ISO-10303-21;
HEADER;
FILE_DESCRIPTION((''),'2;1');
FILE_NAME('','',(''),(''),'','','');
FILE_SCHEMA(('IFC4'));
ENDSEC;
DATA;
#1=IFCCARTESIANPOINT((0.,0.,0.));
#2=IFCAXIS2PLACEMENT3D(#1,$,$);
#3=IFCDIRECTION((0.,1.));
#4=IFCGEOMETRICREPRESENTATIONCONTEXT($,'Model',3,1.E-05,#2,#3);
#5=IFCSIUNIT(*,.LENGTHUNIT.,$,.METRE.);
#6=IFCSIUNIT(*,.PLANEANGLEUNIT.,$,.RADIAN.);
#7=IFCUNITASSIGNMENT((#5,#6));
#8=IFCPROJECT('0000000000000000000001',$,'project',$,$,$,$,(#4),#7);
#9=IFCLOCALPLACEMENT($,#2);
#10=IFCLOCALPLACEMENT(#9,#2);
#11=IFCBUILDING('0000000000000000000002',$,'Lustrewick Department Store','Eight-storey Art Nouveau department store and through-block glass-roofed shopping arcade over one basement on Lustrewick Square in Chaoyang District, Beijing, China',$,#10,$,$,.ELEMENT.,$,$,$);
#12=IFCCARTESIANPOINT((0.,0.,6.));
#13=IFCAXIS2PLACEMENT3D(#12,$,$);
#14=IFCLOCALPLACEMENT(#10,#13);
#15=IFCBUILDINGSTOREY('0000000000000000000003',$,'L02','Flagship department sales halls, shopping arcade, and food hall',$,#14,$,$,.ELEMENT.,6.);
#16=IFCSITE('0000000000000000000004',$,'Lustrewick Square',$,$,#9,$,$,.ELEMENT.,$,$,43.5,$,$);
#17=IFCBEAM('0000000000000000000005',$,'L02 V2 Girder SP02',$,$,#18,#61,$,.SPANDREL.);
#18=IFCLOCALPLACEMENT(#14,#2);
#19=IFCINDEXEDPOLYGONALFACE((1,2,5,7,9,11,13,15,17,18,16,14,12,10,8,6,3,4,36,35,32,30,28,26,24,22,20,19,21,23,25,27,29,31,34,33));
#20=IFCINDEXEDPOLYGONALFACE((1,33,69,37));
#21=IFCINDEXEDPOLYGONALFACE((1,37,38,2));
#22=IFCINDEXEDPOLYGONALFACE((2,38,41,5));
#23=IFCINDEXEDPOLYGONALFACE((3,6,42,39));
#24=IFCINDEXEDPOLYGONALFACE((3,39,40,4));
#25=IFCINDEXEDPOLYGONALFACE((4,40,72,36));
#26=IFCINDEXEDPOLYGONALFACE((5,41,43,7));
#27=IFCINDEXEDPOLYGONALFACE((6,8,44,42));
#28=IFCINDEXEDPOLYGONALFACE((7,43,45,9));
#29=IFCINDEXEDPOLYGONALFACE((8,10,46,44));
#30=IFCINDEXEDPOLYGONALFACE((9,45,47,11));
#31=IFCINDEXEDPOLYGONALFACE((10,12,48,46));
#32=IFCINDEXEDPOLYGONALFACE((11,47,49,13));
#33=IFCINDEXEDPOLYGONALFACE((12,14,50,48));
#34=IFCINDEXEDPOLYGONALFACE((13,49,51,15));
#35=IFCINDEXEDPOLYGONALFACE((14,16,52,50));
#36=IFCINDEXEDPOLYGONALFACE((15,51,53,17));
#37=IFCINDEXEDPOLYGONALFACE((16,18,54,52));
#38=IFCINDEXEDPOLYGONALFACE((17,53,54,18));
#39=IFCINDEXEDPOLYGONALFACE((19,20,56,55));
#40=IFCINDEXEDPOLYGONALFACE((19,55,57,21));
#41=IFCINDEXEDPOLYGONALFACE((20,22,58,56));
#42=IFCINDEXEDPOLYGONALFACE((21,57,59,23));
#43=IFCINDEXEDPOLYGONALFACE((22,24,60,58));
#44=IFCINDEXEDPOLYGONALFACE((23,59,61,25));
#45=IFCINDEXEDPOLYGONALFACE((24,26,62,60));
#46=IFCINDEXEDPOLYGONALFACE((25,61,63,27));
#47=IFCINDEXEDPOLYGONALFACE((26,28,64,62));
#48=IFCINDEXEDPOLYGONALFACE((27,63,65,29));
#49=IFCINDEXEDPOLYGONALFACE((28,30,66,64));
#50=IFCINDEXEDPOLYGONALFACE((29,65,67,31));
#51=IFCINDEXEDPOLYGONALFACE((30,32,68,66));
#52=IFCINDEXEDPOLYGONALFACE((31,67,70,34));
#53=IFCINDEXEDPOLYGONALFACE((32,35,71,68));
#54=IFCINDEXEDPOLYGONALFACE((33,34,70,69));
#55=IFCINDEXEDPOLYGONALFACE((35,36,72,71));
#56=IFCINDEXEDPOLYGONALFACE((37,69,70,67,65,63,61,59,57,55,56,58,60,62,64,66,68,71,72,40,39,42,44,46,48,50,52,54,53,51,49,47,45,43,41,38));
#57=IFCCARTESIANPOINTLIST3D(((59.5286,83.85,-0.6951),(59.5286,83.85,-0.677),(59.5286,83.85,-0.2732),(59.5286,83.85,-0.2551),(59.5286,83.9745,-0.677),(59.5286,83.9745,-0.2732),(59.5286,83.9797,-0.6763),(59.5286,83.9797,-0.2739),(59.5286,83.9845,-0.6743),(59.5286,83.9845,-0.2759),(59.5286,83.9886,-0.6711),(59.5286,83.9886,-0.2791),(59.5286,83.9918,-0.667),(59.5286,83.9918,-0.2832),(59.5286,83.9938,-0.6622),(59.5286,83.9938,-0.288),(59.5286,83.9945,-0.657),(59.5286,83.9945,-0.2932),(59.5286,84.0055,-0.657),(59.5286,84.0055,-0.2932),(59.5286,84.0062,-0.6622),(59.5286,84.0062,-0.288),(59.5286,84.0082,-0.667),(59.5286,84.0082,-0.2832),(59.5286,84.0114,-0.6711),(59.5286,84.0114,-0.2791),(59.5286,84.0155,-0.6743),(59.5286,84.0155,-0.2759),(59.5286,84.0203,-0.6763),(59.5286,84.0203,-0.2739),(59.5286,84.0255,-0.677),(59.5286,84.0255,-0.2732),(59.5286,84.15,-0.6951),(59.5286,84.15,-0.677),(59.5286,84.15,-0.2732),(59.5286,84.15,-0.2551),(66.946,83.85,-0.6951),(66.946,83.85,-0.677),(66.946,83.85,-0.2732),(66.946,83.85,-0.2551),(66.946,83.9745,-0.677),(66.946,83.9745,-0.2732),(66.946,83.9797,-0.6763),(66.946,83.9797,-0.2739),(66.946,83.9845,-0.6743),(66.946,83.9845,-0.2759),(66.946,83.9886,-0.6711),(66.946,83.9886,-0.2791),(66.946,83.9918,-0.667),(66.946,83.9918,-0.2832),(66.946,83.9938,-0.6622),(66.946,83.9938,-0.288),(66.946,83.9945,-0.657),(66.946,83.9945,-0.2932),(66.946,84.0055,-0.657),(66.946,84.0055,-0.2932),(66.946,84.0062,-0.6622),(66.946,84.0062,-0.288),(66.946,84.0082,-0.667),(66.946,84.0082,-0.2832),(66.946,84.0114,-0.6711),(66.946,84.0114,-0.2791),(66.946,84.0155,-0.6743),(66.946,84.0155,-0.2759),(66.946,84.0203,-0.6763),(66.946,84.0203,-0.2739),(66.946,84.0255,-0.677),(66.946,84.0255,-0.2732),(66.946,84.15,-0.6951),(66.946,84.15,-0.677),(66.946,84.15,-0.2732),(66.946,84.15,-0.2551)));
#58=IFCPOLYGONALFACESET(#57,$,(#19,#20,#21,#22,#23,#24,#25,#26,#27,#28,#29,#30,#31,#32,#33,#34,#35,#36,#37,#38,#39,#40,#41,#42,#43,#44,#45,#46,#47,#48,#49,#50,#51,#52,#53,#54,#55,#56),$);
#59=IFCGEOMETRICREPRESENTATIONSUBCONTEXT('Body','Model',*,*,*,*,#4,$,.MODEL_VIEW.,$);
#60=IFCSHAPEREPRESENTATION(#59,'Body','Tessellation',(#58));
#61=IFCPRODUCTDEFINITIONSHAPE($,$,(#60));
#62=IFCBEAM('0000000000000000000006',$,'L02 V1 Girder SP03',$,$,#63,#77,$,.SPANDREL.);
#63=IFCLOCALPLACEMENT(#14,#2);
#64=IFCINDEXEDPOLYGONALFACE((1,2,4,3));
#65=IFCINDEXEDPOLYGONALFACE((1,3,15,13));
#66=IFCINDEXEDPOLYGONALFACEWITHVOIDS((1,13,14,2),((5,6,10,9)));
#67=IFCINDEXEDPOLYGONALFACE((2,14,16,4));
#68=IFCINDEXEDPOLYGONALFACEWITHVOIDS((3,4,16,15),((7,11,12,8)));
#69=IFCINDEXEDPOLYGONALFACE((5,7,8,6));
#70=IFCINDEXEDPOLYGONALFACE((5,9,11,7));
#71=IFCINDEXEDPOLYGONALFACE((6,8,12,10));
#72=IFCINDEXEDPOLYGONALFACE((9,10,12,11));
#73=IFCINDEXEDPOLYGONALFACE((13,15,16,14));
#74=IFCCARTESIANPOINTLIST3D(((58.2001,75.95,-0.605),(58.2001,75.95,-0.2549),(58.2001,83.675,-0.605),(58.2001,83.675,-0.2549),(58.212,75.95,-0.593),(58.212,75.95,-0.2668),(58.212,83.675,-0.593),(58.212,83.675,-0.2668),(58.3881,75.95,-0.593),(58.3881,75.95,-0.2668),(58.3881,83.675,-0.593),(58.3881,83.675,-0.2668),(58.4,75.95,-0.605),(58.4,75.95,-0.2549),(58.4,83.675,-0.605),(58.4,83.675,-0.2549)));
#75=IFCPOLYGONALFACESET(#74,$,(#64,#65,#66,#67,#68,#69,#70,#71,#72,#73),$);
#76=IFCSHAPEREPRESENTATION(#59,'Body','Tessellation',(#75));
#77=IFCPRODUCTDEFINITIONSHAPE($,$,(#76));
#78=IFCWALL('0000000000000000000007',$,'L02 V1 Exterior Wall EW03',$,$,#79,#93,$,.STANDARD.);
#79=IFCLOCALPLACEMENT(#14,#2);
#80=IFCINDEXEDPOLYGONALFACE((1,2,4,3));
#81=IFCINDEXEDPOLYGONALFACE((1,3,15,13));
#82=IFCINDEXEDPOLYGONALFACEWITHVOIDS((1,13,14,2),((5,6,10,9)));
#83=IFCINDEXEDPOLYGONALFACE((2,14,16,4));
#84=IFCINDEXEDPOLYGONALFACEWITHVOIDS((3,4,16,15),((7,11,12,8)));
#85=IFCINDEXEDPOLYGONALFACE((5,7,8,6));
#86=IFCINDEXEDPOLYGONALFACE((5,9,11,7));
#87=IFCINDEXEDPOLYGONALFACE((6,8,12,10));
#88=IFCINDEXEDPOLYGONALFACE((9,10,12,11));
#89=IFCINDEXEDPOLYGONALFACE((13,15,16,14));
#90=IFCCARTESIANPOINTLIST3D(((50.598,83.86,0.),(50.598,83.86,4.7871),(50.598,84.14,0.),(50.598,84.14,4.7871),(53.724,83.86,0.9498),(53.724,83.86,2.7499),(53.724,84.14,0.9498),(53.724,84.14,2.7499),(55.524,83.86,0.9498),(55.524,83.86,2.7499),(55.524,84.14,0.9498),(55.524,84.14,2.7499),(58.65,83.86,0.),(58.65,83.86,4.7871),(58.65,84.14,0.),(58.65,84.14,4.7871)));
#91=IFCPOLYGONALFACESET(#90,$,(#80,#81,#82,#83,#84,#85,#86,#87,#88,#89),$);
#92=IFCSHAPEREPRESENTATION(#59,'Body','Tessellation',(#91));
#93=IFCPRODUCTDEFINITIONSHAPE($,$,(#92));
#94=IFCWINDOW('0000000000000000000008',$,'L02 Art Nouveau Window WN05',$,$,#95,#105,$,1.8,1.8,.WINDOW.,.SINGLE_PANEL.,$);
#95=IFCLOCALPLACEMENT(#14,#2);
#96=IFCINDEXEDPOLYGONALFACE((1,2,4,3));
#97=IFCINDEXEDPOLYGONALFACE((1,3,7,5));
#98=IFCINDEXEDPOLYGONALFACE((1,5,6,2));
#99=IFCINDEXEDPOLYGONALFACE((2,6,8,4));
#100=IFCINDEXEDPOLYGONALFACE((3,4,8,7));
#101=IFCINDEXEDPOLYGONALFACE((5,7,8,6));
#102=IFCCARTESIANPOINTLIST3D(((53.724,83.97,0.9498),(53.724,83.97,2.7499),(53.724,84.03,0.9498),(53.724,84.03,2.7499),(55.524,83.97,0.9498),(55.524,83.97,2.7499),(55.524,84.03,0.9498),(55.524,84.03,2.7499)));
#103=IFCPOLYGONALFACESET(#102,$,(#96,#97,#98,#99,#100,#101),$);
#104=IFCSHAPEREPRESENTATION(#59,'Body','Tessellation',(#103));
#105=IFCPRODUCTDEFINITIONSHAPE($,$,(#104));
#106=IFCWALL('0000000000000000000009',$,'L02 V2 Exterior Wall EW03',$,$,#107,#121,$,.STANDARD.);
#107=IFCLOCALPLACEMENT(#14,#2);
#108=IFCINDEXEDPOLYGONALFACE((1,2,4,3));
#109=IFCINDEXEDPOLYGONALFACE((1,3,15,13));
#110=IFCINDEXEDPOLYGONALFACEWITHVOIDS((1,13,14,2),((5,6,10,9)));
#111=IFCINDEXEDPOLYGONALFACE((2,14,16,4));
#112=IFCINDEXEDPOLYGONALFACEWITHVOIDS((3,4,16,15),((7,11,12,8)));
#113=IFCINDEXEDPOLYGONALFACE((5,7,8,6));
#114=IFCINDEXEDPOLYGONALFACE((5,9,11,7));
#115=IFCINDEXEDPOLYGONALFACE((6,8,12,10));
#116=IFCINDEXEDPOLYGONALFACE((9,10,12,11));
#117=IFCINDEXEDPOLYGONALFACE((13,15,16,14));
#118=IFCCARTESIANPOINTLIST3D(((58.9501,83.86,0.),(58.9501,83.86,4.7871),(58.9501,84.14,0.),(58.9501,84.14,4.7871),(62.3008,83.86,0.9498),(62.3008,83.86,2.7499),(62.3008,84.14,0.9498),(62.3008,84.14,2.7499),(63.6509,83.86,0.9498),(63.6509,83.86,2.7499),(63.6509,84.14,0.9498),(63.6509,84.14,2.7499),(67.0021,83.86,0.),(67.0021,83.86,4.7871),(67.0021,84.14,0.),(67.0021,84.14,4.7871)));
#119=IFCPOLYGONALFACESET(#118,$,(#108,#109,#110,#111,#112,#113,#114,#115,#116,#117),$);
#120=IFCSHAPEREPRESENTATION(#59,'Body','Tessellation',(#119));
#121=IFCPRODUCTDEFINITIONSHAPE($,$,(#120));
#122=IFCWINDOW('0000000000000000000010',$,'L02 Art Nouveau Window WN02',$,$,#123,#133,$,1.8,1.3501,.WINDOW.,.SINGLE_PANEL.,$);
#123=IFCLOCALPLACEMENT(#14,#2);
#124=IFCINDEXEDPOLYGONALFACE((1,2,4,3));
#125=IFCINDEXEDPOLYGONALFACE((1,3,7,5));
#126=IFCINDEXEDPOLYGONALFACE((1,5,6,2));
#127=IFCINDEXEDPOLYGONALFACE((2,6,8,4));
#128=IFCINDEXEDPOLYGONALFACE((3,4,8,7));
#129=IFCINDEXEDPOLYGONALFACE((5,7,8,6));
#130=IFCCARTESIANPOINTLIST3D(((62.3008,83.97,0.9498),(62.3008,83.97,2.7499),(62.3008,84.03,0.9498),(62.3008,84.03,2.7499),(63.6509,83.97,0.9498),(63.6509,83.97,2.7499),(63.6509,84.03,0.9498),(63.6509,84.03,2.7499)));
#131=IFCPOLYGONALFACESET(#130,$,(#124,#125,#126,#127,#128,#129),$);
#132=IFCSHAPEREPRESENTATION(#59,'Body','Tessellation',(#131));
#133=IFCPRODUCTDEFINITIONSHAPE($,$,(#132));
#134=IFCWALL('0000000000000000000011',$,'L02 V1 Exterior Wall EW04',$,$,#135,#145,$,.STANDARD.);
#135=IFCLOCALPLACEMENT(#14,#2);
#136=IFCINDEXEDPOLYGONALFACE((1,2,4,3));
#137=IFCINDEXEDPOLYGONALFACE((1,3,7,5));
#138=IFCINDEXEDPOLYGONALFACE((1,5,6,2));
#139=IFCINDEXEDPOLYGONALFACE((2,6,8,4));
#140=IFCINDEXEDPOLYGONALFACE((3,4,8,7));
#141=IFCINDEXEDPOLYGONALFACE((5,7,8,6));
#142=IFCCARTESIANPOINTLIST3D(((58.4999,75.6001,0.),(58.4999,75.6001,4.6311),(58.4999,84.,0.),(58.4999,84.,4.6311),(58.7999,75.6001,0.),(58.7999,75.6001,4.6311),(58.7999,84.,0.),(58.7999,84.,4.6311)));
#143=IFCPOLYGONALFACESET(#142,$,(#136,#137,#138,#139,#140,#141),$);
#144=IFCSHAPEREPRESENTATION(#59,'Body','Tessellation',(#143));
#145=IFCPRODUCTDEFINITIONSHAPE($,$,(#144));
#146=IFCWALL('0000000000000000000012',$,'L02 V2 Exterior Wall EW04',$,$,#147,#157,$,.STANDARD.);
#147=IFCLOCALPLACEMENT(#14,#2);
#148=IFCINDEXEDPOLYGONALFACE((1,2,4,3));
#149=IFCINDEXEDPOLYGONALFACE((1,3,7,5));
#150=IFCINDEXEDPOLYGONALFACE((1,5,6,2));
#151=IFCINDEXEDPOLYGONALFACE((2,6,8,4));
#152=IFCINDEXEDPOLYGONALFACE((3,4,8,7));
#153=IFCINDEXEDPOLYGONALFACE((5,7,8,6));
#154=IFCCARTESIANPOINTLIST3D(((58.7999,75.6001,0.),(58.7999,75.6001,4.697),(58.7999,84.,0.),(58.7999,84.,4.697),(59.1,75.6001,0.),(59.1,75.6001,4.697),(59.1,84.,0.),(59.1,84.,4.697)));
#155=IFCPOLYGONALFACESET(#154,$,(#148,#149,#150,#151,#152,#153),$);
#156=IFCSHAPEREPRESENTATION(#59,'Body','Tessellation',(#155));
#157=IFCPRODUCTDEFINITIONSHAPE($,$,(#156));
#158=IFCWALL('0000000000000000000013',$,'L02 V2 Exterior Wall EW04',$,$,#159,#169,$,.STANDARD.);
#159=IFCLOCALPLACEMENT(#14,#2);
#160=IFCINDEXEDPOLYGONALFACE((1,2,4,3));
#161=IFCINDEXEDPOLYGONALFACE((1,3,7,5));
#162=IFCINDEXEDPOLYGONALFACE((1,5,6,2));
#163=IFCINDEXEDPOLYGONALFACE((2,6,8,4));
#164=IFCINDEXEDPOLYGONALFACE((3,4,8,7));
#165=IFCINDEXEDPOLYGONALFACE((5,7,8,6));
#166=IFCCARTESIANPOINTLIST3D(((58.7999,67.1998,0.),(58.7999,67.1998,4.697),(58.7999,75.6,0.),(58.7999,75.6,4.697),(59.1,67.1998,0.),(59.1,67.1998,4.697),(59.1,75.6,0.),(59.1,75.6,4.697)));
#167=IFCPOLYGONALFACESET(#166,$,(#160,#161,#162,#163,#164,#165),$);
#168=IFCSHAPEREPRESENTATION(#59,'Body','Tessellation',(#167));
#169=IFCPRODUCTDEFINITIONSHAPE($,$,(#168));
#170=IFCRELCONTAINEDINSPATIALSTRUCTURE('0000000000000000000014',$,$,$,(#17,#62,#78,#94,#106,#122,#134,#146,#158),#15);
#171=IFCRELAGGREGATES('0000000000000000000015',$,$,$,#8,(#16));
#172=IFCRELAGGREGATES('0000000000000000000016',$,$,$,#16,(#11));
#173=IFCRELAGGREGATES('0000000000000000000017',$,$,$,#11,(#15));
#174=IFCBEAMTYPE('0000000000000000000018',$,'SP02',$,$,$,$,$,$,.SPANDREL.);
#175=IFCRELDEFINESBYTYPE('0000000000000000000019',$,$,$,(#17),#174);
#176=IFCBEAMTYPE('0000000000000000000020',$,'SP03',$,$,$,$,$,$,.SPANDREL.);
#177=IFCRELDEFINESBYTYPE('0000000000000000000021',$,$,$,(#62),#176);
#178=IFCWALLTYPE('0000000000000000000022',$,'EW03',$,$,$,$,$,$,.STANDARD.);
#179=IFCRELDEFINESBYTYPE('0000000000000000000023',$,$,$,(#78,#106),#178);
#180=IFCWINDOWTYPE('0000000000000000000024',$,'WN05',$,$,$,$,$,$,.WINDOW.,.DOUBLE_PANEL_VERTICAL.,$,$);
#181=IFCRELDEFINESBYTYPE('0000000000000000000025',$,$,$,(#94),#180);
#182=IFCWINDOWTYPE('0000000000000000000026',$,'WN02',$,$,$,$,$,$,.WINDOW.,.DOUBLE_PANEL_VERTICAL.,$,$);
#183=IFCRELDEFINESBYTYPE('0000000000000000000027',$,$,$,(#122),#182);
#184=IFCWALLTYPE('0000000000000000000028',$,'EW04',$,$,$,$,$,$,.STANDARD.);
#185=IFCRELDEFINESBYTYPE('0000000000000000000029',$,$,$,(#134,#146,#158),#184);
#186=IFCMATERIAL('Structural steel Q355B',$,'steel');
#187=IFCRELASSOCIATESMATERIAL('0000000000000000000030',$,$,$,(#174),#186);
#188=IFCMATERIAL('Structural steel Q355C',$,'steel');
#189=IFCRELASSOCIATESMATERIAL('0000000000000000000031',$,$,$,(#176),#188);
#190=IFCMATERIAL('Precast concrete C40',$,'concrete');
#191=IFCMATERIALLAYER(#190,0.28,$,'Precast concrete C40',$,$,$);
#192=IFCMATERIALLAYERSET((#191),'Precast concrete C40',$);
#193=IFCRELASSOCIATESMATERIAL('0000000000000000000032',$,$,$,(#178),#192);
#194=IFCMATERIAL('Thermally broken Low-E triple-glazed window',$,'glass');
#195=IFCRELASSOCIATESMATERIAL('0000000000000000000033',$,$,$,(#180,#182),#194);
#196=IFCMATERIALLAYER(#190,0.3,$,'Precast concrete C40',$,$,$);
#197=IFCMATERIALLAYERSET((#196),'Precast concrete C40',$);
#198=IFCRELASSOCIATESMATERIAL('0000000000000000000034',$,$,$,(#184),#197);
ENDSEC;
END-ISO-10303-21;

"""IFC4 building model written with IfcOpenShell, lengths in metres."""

from ifc_helpers import new_model, si_unit, direction, frame, frame_2d, origin, origin_2d, place, context, subcontext, project, spatial, rectangle, hollow_rectangle, i_section, extrude, material, layer, layer_set, material_profile, profile_set, type_object, element, fill, save


model = new_model("IFC4")

# Units and contexts
model_context = context("Model", 3, precision=1e-05, world=origin(), true_north=direction((0.0, 1.0)))
body_context = subcontext(model_context, "Body", "Model", "MODEL_VIEW")
ifc_project = project(units=[si_unit("LENGTHUNIT", "METRE"), si_unit("PLANEANGLEUNIT", "RADIAN")], contexts=[model_context])

# Site, building, storey
site_placement = place(None, origin())
site = spatial("IfcSite", under=ifc_project, at=site_placement, Name="Lustrewick Square", CompositionType="ELEMENT", RefElevation=43.5)
building_placement = place(site_placement, origin())
building = spatial("IfcBuilding", under=site, at=building_placement, Name="Lustrewick Department Store", Description="Eight-storey Art Nouveau department store and through-block glass-roofed shopping arcade over one basement on Lustrewick Square in Chaoyang District, Beijing, China", CompositionType="ELEMENT")
storey_placement = place(building_placement, frame((0.0, 0.0, 6.0)))
storey = spatial("IfcBuildingStorey", under=building, at=storey_placement, Name="L02", Description="Flagship department sales halls, shopping arcade, and food hall", CompositionType="ELEMENT", Elevation=6.0)

# Shared definitions
ifc_material_1 = material(Name="Structural steel Q355C", Category="steel")
ifc_material_2 = material(Name="Structural steel Q355B", Category="steel")

# Beams
ifc_material_profile_1 = material_profile(ifc_material_2, i_section(OverallWidth=0.3, OverallDepth=0.4399, WebThickness=0.011, FlangeThickness=0.0181, FilletRadius=0.02, at=origin_2d()), Name="HM 440x300x11x18")
ifc_profile_set_1 = profile_set([ifc_material_profile_1], Name="Structural steel Q355B")
beam_type_1 = type_object("IfcBeamType", Name="SP02", PredefinedType="SPANDREL", material=ifc_profile_set_1)
beam_1_placement = place(storey_placement, frame((59.5286, 84.0, -0.4751), z_axis=(1.0, 0.0, 0.0), x_axis=(0.0, 1.0, 0.0)))
element("IfcBeam", 1, at=beam_1_placement, inside=storey, type_object=beam_type_1, Name="L02 V2 Girder SP02", PredefinedType="SPANDREL", context=body_context, shape_type="SweptSolid", body=[
    extrude(i_section(OverallWidth=0.3, OverallDepth=0.4399, WebThickness=0.011, FlangeThickness=0.0181, FilletRadius=0.02, at=origin_2d()), origin(), (0.0, 0.0, 1.0), 7.4175),
])
ifc_material_profile_2 = material_profile(ifc_material_1, hollow_rectangle(XDim=0.2, YDim=0.3501, WallThickness=0.012, at=origin_2d()), Name="RHS 350x200x12")
ifc_profile_set_2 = profile_set([ifc_material_profile_2], Name="Structural steel Q355C")
beam_type_2 = type_object("IfcBeamType", Name="SP03", PredefinedType="SPANDREL", material=ifc_profile_set_2)
beam_2_placement = place(storey_placement, frame((58.3, 75.95, -0.4299), z_axis=(0.0, 1.0, 0.0), x_axis=(-1.0, 0.0, 0.0)))
element("IfcBeam", 2, at=beam_2_placement, inside=storey, type_object=beam_type_2, Name="L02 V1 Girder SP03", PredefinedType="SPANDREL", context=body_context, shape_type="SweptSolid", body=[
    extrude(hollow_rectangle(XDim=0.2, YDim=0.3501, WallThickness=0.012, at=origin_2d()), origin(), (0.0, 0.0, 1.0), 7.7251),
])

# Walls, openings, windows
ifc_material_3 = material(Name="Precast concrete C40", Category="concrete")
ifc_layer_1 = layer(ifc_material_3, 0.28, Name="Precast concrete C40")
ifc_layer_set_1 = layer_set([ifc_layer_1], Name="Precast concrete C40")
wall_type_1 = type_object("IfcWallType", Name="EW03", PredefinedType="STANDARD", material=ifc_layer_set_1)
wall_1_placement = place(storey_placement, frame((58.6499, 84.0, 0.0), z_axis=(0.0, 0.0, 1.0), x_axis=(-1.0, 0.0, 0.0)))
wall_1 = element("IfcWall", 3, at=wall_1_placement, inside=storey, type_object=wall_type_1, Name="L02 V1 Exterior Wall EW03", PredefinedType="STANDARD", context=body_context, shape_type="SweptSolid", body=[
    extrude(rectangle(XDim=8.052, YDim=0.28, at=frame_2d((4.0259, 0.0))), origin(), (0.0, 0.0, 1.0), 4.7871),
])
opening_1_placement = place(wall_1_placement, frame((3.126, 0.0, 0.95)))
opening_1 = element("IfcOpeningElement", 4, at=opening_1_placement, cuts=wall_1, PredefinedType="OPENING", context=body_context, shape_type="SweptSolid", body=[
    extrude(rectangle(XDim=1.8, YDim=1.8, at=frame_2d((0.8999, 0.8999))), frame((0.0, 0.1499, 0.0), z_axis=(0.0, -1.0, 0.0), x_axis=(1.0, 0.0, 0.0)), (0.0, 0.0, 1.0), 0.3),
])
ifc_material_4 = material(Name="Thermally broken Low-E triple-glazed window", Category="glass")
window_type_1 = type_object("IfcWindowType", Name="WN05", PartitioningType="DOUBLE_PANEL_VERTICAL", PredefinedType="WINDOW", material=ifc_material_4)
window_1_placement = place(opening_1_placement, origin())
window_1 = element("IfcWindow", 5, at=window_1_placement, inside=storey, type_object=window_type_1, Name="L02 Art Nouveau Window WN05", OverallHeight=1.8, OverallWidth=1.8, PartitioningType="SINGLE_PANEL", PredefinedType="WINDOW", context=body_context, shape_type="SweptSolid", body=[
    extrude(rectangle(XDim=1.8, YDim=1.8, at=frame_2d((0.8999, 0.8999))), frame((0.0, 0.03, 0.0), z_axis=(0.0, -1.0, 0.0), x_axis=(1.0, 0.0, 0.0)), (0.0, 0.0, 1.0), 0.0601),
])
fill(opening_1, window_1)
wall_2_placement = place(storey_placement, frame((67.002, 84.0, 0.0), z_axis=(0.0, 0.0, 1.0), x_axis=(-1.0, 0.0, 0.0)))
wall_2 = element("IfcWall", 6, at=wall_2_placement, inside=storey, type_object=wall_type_1, Name="L02 V2 Exterior Wall EW03", PredefinedType="STANDARD", context=body_context, shape_type="SweptSolid", body=[
    extrude(rectangle(XDim=8.052, YDim=0.28, at=frame_2d((4.0259, 0.0))), origin(), (0.0, 0.0, 1.0), 4.7871),
])
opening_2_placement = place(wall_2_placement, frame((3.3511, 0.0, 0.95)))
opening_2 = element("IfcOpeningElement", 7, at=opening_2_placement, cuts=wall_2, PredefinedType="OPENING", context=body_context, shape_type="SweptSolid", body=[
    extrude(rectangle(XDim=1.3501, YDim=1.8, at=frame_2d((0.675, 0.8999))), frame((0.0, 0.1499, 0.0), z_axis=(0.0, -1.0, 0.0), x_axis=(1.0, 0.0, 0.0)), (0.0, 0.0, 1.0), 0.3),
])
window_type_2 = type_object("IfcWindowType", Name="WN02", PartitioningType="DOUBLE_PANEL_VERTICAL", PredefinedType="WINDOW", material=ifc_material_4)
window_2_placement = place(opening_2_placement, origin())
window_2 = element("IfcWindow", 8, at=window_2_placement, inside=storey, type_object=window_type_2, Name="L02 Art Nouveau Window WN02", OverallHeight=1.8, OverallWidth=1.3501, PartitioningType="SINGLE_PANEL", PredefinedType="WINDOW", context=body_context, shape_type="SweptSolid", body=[
    extrude(rectangle(XDim=1.3501, YDim=1.8, at=frame_2d((0.675, 0.8999))), frame((0.0, 0.03, 0.0), z_axis=(0.0, -1.0, 0.0), x_axis=(1.0, 0.0, 0.0)), (0.0, 0.0, 1.0), 0.0601),
])
fill(opening_2, window_2)

# Walls
ifc_layer_2 = layer(ifc_material_3, 0.3, Name="Precast concrete C40")
ifc_layer_set_2 = layer_set([ifc_layer_2], Name="Precast concrete C40")
wall_type_2 = type_object("IfcWallType", Name="EW04", PredefinedType="STANDARD", material=ifc_layer_set_2)
wall_3_placement = place(storey_placement, frame((58.6499, 75.6001, 0.0), z_axis=(0.0, 0.0, 1.0), x_axis=(0.0, 1.0, 0.0)))
element("IfcWall", 9, at=wall_3_placement, inside=storey, type_object=wall_type_2, Name="L02 V1 Exterior Wall EW04", PredefinedType="STANDARD", context=body_context, shape_type="SweptSolid", body=[
    extrude(rectangle(XDim=8.3999, YDim=0.3, at=frame_2d((4.2, 0.0))), origin(), (0.0, 0.0, 1.0), 4.6311),
])
wall_4_placement = place(storey_placement, frame((58.95, 84.0, 0.0), z_axis=(0.0, 0.0, 1.0), x_axis=(0.0, -1.0, 0.0)))
element("IfcWall", 10, at=wall_4_placement, inside=storey, type_object=wall_type_2, Name="L02 V2 Exterior Wall EW04", PredefinedType="STANDARD", context=body_context, shape_type="SweptSolid", body=[
    extrude(rectangle(XDim=8.3999, YDim=0.3, at=frame_2d((4.2, 0.0))), origin(), (0.0, 0.0, 1.0), 4.697),
])
wall_5_placement = place(storey_placement, frame((58.95, 75.6001, 0.0), z_axis=(0.0, 0.0, 1.0), x_axis=(0.0, -1.0, 0.0)))
element("IfcWall", 11, at=wall_5_placement, inside=storey, type_object=wall_type_2, Name="L02 V2 Exterior Wall EW04", PredefinedType="STANDARD", context=body_context, shape_type="SweptSolid", body=[
    extrude(rectangle(XDim=8.4001, YDim=0.3, at=frame_2d((4.2002, 0.0))), origin(), (0.0, 0.0, 1.0), 4.697),
])

save(model, "model.ifc")
